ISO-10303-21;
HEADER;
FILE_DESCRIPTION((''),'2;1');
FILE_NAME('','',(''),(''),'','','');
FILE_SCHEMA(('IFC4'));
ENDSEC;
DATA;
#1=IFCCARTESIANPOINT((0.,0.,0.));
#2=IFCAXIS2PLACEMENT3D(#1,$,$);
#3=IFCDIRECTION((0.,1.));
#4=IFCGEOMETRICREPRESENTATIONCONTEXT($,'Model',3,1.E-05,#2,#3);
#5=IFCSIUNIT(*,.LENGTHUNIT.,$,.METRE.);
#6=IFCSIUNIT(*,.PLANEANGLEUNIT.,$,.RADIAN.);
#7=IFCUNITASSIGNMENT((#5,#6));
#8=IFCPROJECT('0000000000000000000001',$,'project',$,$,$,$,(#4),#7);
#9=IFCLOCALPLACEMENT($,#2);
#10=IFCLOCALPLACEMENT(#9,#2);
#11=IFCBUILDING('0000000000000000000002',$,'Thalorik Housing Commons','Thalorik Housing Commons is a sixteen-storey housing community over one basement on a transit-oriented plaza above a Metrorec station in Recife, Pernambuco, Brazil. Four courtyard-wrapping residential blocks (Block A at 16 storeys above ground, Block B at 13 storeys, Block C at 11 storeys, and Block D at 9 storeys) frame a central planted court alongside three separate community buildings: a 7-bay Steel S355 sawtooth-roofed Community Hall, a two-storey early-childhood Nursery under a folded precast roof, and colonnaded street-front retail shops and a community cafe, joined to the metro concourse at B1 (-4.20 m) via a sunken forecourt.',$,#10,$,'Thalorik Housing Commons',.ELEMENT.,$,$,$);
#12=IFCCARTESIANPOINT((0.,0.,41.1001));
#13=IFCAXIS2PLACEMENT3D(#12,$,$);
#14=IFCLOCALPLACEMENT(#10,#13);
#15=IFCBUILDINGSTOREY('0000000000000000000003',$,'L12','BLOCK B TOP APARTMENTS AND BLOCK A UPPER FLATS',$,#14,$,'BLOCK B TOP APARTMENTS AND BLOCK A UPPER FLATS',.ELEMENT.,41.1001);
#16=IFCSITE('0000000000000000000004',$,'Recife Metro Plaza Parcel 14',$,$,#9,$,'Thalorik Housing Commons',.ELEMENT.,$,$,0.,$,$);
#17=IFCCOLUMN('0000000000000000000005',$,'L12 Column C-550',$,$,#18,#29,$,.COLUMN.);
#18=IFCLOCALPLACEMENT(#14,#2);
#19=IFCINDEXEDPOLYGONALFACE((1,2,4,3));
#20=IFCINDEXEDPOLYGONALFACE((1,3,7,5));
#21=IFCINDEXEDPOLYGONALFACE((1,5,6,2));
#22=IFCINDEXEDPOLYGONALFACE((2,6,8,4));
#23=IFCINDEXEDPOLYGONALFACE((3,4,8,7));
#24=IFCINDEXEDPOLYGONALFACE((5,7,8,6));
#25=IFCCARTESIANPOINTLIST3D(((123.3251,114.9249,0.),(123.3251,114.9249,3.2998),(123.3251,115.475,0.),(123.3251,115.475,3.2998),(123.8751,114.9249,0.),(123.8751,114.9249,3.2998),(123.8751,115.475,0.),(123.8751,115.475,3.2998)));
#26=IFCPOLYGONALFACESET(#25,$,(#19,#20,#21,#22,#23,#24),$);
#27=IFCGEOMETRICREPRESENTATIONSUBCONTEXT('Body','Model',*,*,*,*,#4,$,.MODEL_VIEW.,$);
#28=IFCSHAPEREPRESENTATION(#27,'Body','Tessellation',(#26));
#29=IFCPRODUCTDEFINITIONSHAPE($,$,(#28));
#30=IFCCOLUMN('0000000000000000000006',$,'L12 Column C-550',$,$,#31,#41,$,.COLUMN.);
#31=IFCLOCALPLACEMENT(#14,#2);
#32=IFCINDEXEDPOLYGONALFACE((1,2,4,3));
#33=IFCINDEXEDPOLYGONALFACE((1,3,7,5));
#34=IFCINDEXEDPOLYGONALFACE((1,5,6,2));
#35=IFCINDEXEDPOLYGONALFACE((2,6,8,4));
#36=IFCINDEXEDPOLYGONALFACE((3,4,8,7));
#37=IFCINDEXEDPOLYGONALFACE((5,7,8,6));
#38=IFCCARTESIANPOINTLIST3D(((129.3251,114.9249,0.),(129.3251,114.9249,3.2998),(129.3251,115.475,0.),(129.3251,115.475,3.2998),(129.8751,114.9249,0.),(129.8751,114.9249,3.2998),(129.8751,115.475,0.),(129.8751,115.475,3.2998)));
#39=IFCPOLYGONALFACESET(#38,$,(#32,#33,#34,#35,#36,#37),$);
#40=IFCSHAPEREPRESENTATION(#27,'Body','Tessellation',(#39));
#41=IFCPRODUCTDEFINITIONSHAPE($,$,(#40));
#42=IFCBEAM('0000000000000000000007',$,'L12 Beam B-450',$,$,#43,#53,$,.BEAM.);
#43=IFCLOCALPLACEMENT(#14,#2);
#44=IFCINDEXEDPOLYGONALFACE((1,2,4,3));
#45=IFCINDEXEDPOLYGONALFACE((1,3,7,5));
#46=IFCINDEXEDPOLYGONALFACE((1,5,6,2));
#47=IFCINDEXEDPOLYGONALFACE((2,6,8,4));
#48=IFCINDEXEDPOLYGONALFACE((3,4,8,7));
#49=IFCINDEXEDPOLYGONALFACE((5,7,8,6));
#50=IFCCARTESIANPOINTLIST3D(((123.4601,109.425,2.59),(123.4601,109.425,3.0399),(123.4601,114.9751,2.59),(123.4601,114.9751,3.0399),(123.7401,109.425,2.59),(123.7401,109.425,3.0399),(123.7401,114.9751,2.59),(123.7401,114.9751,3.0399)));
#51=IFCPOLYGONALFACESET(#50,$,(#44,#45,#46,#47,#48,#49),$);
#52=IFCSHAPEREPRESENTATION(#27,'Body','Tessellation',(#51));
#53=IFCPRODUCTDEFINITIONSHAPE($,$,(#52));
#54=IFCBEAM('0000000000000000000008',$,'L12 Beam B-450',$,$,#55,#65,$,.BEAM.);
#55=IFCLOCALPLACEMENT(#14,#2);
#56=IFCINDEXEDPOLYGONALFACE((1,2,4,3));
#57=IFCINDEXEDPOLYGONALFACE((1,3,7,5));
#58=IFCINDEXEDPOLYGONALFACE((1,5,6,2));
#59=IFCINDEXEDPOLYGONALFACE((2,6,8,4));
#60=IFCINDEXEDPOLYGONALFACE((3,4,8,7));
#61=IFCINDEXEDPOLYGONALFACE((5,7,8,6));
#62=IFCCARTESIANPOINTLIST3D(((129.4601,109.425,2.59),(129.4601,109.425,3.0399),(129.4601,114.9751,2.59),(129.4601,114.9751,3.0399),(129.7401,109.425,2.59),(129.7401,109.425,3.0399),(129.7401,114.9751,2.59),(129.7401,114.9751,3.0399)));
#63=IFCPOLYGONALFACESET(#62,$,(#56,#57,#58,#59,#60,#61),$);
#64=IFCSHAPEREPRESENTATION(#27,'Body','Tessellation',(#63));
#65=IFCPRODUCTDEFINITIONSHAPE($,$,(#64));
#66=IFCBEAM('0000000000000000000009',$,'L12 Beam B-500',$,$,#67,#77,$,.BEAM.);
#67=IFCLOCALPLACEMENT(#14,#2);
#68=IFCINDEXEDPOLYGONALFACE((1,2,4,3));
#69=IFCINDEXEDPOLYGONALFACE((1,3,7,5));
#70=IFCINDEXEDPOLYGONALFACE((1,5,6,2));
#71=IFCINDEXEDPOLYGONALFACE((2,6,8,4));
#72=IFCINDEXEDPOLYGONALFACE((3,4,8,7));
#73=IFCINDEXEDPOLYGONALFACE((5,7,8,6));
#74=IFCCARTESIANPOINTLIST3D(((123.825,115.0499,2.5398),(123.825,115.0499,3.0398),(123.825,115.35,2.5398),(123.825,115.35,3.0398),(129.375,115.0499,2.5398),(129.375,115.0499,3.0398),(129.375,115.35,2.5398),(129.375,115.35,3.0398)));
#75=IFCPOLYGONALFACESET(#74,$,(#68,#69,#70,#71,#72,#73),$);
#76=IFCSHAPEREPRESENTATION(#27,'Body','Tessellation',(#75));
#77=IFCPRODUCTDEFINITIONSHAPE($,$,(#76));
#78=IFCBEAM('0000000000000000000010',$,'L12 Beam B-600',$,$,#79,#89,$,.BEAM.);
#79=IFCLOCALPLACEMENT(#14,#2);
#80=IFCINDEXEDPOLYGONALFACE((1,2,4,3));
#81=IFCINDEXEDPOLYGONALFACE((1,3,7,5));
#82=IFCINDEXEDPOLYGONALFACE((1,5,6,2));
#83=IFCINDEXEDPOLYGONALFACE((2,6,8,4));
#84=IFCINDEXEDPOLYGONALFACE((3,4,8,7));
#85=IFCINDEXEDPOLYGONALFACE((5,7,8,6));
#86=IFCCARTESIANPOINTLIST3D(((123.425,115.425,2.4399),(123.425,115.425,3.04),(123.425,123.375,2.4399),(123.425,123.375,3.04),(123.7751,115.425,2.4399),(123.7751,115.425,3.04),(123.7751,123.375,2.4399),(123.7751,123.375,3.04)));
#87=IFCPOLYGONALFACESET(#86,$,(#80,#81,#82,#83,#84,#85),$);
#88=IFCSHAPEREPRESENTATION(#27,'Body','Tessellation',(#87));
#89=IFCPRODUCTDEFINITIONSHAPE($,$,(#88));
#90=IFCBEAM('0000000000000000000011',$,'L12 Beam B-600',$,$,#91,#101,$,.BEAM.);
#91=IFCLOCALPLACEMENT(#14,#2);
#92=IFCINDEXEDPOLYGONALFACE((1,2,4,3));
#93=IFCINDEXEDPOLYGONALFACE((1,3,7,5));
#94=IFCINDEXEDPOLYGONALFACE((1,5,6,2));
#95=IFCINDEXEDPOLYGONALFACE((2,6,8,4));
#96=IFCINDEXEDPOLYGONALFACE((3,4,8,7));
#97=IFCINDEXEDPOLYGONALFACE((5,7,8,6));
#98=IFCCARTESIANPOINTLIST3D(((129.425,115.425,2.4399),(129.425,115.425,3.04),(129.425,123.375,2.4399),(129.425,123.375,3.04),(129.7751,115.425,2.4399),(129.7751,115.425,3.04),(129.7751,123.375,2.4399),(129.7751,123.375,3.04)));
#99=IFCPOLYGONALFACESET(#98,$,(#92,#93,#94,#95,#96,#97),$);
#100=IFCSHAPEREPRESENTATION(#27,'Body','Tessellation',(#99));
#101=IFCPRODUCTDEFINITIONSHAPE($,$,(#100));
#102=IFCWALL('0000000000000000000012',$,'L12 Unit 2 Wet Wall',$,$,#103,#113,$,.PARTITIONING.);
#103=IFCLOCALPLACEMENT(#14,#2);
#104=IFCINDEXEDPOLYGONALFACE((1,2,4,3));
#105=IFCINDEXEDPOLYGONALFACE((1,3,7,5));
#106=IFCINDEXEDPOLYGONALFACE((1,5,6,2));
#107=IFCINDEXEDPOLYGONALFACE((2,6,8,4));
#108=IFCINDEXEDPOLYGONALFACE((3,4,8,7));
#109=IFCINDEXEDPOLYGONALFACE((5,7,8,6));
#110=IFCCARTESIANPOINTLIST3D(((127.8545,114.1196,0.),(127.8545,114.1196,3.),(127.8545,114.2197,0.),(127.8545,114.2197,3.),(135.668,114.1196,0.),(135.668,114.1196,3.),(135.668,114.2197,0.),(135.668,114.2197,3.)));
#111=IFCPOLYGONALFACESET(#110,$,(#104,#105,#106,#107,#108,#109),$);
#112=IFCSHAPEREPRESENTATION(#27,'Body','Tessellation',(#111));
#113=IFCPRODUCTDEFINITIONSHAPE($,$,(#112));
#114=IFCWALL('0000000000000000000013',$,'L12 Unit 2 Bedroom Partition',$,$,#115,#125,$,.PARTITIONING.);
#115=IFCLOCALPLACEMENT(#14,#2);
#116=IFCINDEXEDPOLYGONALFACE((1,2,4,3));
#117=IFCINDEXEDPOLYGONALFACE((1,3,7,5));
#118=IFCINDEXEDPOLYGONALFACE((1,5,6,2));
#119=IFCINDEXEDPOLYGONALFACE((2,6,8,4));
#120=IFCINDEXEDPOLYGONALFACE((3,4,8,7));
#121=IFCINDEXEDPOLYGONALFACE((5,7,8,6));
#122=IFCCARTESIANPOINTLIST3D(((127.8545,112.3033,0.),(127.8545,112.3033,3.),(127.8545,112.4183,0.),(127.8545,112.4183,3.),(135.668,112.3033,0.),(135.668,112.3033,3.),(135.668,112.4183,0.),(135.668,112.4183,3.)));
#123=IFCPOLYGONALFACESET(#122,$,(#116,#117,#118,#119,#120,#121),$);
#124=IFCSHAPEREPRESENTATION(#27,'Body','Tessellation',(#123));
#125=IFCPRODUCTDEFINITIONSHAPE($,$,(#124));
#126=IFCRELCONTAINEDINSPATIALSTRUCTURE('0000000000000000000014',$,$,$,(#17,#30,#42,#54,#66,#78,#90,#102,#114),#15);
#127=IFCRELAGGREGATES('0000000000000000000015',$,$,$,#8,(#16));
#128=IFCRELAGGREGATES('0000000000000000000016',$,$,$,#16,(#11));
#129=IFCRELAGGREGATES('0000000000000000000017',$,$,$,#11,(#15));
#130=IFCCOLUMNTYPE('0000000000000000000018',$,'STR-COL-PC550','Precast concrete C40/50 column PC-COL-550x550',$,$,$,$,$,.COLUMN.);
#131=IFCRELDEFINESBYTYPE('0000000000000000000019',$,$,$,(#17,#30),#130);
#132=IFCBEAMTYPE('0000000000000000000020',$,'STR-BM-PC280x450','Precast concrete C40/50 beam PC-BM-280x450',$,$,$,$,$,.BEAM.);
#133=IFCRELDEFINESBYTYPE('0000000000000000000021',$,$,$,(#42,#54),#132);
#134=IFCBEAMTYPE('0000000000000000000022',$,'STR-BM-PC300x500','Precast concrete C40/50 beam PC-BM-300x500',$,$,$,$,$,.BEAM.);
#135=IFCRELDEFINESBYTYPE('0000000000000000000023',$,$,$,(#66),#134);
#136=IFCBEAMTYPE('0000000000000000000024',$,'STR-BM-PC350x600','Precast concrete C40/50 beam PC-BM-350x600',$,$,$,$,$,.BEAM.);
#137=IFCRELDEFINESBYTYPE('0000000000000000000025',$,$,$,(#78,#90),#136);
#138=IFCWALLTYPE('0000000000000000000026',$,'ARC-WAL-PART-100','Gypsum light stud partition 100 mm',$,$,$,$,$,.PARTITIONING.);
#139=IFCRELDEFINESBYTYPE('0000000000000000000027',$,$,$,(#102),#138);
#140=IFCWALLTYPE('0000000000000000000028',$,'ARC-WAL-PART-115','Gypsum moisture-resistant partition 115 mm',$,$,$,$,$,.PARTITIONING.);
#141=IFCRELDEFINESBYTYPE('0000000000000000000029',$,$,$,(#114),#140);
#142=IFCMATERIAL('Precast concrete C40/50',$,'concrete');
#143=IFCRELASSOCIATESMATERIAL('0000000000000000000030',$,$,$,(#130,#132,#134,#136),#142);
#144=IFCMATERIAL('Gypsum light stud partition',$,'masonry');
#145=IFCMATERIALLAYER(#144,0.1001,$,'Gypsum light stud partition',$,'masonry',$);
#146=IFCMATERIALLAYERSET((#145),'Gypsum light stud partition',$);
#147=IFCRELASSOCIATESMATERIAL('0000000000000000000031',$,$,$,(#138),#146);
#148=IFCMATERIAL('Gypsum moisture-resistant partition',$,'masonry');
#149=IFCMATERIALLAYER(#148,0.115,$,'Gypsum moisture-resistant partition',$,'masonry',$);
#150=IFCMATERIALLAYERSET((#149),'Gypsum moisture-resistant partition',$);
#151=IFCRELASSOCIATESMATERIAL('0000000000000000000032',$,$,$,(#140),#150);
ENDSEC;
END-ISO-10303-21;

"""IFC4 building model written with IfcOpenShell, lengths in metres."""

from ifc_helpers import new_model, si_unit, direction, frame, frame_2d, origin, origin_2d, place, context, subcontext, project, spatial, rectangle, extrude, material, layer, layer_set, material_profile, profile_set, type_object, element, save


model = new_model("IFC4")

# Units and contexts
model_context = context("Model", 3, precision=1e-05, world=origin(), true_north=direction((0.0, 1.0)))
body_context = subcontext(model_context, "Body", "Model", "MODEL_VIEW")
ifc_project = project(units=[si_unit("LENGTHUNIT", "METRE"), si_unit("PLANEANGLEUNIT", "RADIAN")], contexts=[model_context])

# Site, building, storey
site_placement = place(None, origin())
site = spatial("IfcSite", under=ifc_project, at=site_placement, Name="Recife Metro Plaza Parcel 14", LongName="Thalorik Housing Commons", CompositionType="ELEMENT", RefElevation=0.0)
building_placement = place(site_placement, origin())
building = spatial("IfcBuilding", under=site, at=building_placement, Name="Thalorik Housing Commons", Description="Thalorik Housing Commons is a sixteen-storey housing community over one basement on a transit-oriented plaza above a Metrorec station in Recife, Pernambuco, Brazil. Four courtyard-wrapping residential blocks (Block A at 16 storeys above ground, Block B at 13 storeys, Block C at 11 storeys, and Block D at 9 storeys) frame a central planted court alongside three separate community buildings: a 7-bay Steel S355 sawtooth-roofed Community Hall, a two-storey early-childhood Nursery under a folded precast roof, and colonnaded street-front retail shops and a community cafe, joined to the metro concourse at B1 (-4.20 m) via a sunken forecourt.", LongName="Thalorik Housing Commons", CompositionType="ELEMENT")
storey_placement = place(building_placement, frame((0.0, 0.0, 41.1001)))
storey = spatial("IfcBuildingStorey", under=building, at=storey_placement, Name="L12", Description="BLOCK B TOP APARTMENTS AND BLOCK A UPPER FLATS", LongName="BLOCK B TOP APARTMENTS AND BLOCK A UPPER FLATS", CompositionType="ELEMENT", Elevation=41.1001)

# Columns
ifc_material_1 = material(Name="Precast concrete C40/50", Category="concrete")
ifc_material_profile_1 = material_profile(ifc_material_1, rectangle(XDim=0.55, YDim=0.55, at=origin_2d()), Name="PC 550x550", Category="concrete")
ifc_profile_set_1 = profile_set([ifc_material_profile_1], Name="Precast concrete C40/50")
column_type = type_object("IfcColumnType", Name="STR-COL-PC550", Description="Precast concrete C40/50 column PC-COL-550x550", PredefinedType="COLUMN", material=ifc_profile_set_1)
for number, where, z_axis, x_axis, name in (
    (1, (123.6001, 115.2, 0.0), (0.0, 0.0, 1.0), (1.0, 0.0, 0.0), "L12 Column C-550"),
    (2, (129.6001, 115.2, 0.0), (0.0, 0.0, 1.0), (1.0, 0.0, 0.0), "L12 Column C-550"),
):
    element("IfcColumn", number, at=place(storey_placement, frame(where, z_axis=z_axis, x_axis=x_axis)), inside=storey, type_object=column_type, Name=name, PredefinedType="COLUMN", context=body_context, shape_type="SweptSolid", body=[
        extrude(rectangle(XDim=0.55, YDim=0.55, at=origin_2d()), origin(), (0.0, 0.0, 1.0), 3.2998),
    ])

# Beams
ifc_material_profile_2 = material_profile(ifc_material_1, rectangle(XDim=0.28, YDim=0.45, at=origin_2d()), Name="PC 280x450", Category="concrete")
ifc_profile_set_2 = profile_set([ifc_material_profile_2], Name="Precast concrete C40/50")
beam_type_1 = type_object("IfcBeamType", Name="STR-BM-PC280x450", Description="Precast concrete C40/50 beam PC-BM-280x450", PredefinedType="BEAM", material=ifc_profile_set_2)
for number, where, z_axis, x_axis, name in (
    (3, (123.6001, 109.425, 2.8149), (0.0, 1.0, 0.0), (-1.0, 0.0, 0.0), "L12 Beam B-450"),
    (4, (129.6001, 109.425, 2.8149), (0.0, 1.0, 0.0), (-1.0, 0.0, 0.0), "L12 Beam B-450"),
):
    element("IfcBeam", number, at=place(storey_placement, frame(where, z_axis=z_axis, x_axis=x_axis)), inside=storey, type_object=beam_type_1, Name=name, PredefinedType="BEAM", context=body_context, shape_type="SweptSolid", body=[
        extrude(rectangle(XDim=0.28, YDim=0.45, at=origin_2d()), origin(), (0.0, 0.0, 1.0), 5.55),
    ])
ifc_material_profile_3 = material_profile(ifc_material_1, rectangle(XDim=0.3, YDim=0.5, at=origin_2d()), Name="PC 300x500", Category="concrete")
ifc_profile_set_3 = profile_set([ifc_material_profile_3], Name="Precast concrete C40/50")
beam_type_2 = type_object("IfcBeamType", Name="STR-BM-PC300x500", Description="Precast concrete C40/50 beam PC-BM-300x500", PredefinedType="BEAM", material=ifc_profile_set_3)
beam_placement = place(storey_placement, frame((123.825, 115.2, 2.7898), z_axis=(1.0, 0.0, 0.0), x_axis=(0.0, 1.0, 0.0)))
element("IfcBeam", 5, at=beam_placement, inside=storey, type_object=beam_type_2, Name="L12 Beam B-500", PredefinedType="BEAM", context=body_context, shape_type="SweptSolid", body=[
    extrude(rectangle(XDim=0.3, YDim=0.5, at=origin_2d()), origin(), (0.0, 0.0, 1.0), 5.55),
])
ifc_material_profile_4 = material_profile(ifc_material_1, rectangle(XDim=0.3501, YDim=0.6001, at=origin_2d()), Name="PC 350x600", Category="concrete")
ifc_profile_set_4 = profile_set([ifc_material_profile_4], Name="Precast concrete C40/50")
beam_type_3 = type_object("IfcBeamType", Name="STR-BM-PC350x600", Description="Precast concrete C40/50 beam PC-BM-350x600", PredefinedType="BEAM", material=ifc_profile_set_4)
for number, where, z_axis, x_axis, name in (
    (6, (123.6001, 115.425, 2.74), (0.0, 1.0, 0.0), (-1.0, 0.0, 0.0), "L12 Beam B-600"),
    (7, (129.6001, 115.425, 2.74), (0.0, 1.0, 0.0), (-1.0, 0.0, 0.0), "L12 Beam B-600"),
):
    element("IfcBeam", number, at=place(storey_placement, frame(where, z_axis=z_axis, x_axis=x_axis)), inside=storey, type_object=beam_type_3, Name=name, PredefinedType="BEAM", context=body_context, shape_type="SweptSolid", body=[
        extrude(rectangle(XDim=0.3501, YDim=0.6001, at=origin_2d()), origin(), (0.0, 0.0, 1.0), 7.95),
    ])

# Walls
ifc_material_2 = material(Name="Gypsum light stud partition", Category="masonry")
ifc_layer_1 = layer(ifc_material_2, 0.1001, Name="Gypsum light stud partition", Category="masonry")
ifc_layer_set_1 = layer_set([ifc_layer_1], Name="Gypsum light stud partition")
wall_type_1 = type_object("IfcWallType", Name="ARC-WAL-PART-100", Description="Gypsum light stud partition 100 mm", PredefinedType="PARTITIONING", material=ifc_layer_set_1)
wall_1_placement = place(storey_placement, frame((127.8545, 114.1697, 0.0), z_axis=(0.0, 0.0, 1.0), x_axis=(1.0, 0.0, 0.0)))
element("IfcWall", 8, at=wall_1_placement, inside=storey, type_object=wall_type_1, Name="L12 Unit 2 Wet Wall", PredefinedType="PARTITIONING", context=body_context, shape_type="SweptSolid", body=[
    extrude(rectangle(XDim=7.8135, YDim=0.1001, at=frame_2d((3.9067, 0.0))), origin(), (0.0, 0.0, 1.0), 3.0),
])
ifc_material_3 = material(Name="Gypsum moisture-resistant partition", Category="masonry")
ifc_layer_2 = layer(ifc_material_3, 0.115, Name="Gypsum moisture-resistant partition", Category="masonry")
ifc_layer_set_2 = layer_set([ifc_layer_2], Name="Gypsum moisture-resistant partition")
wall_type_2 = type_object("IfcWallType", Name="ARC-WAL-PART-115", Description="Gypsum moisture-resistant partition 115 mm", PredefinedType="PARTITIONING", material=ifc_layer_set_2)
wall_2_placement = place(storey_placement, frame((127.8545, 112.3608, 0.0), z_axis=(0.0, 0.0, 1.0), x_axis=(1.0, 0.0, 0.0)))
element("IfcWall", 9, at=wall_2_placement, inside=storey, type_object=wall_type_2, Name="L12 Unit 2 Bedroom Partition", PredefinedType="PARTITIONING", context=body_context, shape_type="SweptSolid", body=[
    extrude(rectangle(XDim=7.8135, YDim=0.115, at=frame_2d((3.9067, 0.0))), origin(), (0.0, 0.0, 1.0), 3.0),
])

save(model, "model.ifc")
